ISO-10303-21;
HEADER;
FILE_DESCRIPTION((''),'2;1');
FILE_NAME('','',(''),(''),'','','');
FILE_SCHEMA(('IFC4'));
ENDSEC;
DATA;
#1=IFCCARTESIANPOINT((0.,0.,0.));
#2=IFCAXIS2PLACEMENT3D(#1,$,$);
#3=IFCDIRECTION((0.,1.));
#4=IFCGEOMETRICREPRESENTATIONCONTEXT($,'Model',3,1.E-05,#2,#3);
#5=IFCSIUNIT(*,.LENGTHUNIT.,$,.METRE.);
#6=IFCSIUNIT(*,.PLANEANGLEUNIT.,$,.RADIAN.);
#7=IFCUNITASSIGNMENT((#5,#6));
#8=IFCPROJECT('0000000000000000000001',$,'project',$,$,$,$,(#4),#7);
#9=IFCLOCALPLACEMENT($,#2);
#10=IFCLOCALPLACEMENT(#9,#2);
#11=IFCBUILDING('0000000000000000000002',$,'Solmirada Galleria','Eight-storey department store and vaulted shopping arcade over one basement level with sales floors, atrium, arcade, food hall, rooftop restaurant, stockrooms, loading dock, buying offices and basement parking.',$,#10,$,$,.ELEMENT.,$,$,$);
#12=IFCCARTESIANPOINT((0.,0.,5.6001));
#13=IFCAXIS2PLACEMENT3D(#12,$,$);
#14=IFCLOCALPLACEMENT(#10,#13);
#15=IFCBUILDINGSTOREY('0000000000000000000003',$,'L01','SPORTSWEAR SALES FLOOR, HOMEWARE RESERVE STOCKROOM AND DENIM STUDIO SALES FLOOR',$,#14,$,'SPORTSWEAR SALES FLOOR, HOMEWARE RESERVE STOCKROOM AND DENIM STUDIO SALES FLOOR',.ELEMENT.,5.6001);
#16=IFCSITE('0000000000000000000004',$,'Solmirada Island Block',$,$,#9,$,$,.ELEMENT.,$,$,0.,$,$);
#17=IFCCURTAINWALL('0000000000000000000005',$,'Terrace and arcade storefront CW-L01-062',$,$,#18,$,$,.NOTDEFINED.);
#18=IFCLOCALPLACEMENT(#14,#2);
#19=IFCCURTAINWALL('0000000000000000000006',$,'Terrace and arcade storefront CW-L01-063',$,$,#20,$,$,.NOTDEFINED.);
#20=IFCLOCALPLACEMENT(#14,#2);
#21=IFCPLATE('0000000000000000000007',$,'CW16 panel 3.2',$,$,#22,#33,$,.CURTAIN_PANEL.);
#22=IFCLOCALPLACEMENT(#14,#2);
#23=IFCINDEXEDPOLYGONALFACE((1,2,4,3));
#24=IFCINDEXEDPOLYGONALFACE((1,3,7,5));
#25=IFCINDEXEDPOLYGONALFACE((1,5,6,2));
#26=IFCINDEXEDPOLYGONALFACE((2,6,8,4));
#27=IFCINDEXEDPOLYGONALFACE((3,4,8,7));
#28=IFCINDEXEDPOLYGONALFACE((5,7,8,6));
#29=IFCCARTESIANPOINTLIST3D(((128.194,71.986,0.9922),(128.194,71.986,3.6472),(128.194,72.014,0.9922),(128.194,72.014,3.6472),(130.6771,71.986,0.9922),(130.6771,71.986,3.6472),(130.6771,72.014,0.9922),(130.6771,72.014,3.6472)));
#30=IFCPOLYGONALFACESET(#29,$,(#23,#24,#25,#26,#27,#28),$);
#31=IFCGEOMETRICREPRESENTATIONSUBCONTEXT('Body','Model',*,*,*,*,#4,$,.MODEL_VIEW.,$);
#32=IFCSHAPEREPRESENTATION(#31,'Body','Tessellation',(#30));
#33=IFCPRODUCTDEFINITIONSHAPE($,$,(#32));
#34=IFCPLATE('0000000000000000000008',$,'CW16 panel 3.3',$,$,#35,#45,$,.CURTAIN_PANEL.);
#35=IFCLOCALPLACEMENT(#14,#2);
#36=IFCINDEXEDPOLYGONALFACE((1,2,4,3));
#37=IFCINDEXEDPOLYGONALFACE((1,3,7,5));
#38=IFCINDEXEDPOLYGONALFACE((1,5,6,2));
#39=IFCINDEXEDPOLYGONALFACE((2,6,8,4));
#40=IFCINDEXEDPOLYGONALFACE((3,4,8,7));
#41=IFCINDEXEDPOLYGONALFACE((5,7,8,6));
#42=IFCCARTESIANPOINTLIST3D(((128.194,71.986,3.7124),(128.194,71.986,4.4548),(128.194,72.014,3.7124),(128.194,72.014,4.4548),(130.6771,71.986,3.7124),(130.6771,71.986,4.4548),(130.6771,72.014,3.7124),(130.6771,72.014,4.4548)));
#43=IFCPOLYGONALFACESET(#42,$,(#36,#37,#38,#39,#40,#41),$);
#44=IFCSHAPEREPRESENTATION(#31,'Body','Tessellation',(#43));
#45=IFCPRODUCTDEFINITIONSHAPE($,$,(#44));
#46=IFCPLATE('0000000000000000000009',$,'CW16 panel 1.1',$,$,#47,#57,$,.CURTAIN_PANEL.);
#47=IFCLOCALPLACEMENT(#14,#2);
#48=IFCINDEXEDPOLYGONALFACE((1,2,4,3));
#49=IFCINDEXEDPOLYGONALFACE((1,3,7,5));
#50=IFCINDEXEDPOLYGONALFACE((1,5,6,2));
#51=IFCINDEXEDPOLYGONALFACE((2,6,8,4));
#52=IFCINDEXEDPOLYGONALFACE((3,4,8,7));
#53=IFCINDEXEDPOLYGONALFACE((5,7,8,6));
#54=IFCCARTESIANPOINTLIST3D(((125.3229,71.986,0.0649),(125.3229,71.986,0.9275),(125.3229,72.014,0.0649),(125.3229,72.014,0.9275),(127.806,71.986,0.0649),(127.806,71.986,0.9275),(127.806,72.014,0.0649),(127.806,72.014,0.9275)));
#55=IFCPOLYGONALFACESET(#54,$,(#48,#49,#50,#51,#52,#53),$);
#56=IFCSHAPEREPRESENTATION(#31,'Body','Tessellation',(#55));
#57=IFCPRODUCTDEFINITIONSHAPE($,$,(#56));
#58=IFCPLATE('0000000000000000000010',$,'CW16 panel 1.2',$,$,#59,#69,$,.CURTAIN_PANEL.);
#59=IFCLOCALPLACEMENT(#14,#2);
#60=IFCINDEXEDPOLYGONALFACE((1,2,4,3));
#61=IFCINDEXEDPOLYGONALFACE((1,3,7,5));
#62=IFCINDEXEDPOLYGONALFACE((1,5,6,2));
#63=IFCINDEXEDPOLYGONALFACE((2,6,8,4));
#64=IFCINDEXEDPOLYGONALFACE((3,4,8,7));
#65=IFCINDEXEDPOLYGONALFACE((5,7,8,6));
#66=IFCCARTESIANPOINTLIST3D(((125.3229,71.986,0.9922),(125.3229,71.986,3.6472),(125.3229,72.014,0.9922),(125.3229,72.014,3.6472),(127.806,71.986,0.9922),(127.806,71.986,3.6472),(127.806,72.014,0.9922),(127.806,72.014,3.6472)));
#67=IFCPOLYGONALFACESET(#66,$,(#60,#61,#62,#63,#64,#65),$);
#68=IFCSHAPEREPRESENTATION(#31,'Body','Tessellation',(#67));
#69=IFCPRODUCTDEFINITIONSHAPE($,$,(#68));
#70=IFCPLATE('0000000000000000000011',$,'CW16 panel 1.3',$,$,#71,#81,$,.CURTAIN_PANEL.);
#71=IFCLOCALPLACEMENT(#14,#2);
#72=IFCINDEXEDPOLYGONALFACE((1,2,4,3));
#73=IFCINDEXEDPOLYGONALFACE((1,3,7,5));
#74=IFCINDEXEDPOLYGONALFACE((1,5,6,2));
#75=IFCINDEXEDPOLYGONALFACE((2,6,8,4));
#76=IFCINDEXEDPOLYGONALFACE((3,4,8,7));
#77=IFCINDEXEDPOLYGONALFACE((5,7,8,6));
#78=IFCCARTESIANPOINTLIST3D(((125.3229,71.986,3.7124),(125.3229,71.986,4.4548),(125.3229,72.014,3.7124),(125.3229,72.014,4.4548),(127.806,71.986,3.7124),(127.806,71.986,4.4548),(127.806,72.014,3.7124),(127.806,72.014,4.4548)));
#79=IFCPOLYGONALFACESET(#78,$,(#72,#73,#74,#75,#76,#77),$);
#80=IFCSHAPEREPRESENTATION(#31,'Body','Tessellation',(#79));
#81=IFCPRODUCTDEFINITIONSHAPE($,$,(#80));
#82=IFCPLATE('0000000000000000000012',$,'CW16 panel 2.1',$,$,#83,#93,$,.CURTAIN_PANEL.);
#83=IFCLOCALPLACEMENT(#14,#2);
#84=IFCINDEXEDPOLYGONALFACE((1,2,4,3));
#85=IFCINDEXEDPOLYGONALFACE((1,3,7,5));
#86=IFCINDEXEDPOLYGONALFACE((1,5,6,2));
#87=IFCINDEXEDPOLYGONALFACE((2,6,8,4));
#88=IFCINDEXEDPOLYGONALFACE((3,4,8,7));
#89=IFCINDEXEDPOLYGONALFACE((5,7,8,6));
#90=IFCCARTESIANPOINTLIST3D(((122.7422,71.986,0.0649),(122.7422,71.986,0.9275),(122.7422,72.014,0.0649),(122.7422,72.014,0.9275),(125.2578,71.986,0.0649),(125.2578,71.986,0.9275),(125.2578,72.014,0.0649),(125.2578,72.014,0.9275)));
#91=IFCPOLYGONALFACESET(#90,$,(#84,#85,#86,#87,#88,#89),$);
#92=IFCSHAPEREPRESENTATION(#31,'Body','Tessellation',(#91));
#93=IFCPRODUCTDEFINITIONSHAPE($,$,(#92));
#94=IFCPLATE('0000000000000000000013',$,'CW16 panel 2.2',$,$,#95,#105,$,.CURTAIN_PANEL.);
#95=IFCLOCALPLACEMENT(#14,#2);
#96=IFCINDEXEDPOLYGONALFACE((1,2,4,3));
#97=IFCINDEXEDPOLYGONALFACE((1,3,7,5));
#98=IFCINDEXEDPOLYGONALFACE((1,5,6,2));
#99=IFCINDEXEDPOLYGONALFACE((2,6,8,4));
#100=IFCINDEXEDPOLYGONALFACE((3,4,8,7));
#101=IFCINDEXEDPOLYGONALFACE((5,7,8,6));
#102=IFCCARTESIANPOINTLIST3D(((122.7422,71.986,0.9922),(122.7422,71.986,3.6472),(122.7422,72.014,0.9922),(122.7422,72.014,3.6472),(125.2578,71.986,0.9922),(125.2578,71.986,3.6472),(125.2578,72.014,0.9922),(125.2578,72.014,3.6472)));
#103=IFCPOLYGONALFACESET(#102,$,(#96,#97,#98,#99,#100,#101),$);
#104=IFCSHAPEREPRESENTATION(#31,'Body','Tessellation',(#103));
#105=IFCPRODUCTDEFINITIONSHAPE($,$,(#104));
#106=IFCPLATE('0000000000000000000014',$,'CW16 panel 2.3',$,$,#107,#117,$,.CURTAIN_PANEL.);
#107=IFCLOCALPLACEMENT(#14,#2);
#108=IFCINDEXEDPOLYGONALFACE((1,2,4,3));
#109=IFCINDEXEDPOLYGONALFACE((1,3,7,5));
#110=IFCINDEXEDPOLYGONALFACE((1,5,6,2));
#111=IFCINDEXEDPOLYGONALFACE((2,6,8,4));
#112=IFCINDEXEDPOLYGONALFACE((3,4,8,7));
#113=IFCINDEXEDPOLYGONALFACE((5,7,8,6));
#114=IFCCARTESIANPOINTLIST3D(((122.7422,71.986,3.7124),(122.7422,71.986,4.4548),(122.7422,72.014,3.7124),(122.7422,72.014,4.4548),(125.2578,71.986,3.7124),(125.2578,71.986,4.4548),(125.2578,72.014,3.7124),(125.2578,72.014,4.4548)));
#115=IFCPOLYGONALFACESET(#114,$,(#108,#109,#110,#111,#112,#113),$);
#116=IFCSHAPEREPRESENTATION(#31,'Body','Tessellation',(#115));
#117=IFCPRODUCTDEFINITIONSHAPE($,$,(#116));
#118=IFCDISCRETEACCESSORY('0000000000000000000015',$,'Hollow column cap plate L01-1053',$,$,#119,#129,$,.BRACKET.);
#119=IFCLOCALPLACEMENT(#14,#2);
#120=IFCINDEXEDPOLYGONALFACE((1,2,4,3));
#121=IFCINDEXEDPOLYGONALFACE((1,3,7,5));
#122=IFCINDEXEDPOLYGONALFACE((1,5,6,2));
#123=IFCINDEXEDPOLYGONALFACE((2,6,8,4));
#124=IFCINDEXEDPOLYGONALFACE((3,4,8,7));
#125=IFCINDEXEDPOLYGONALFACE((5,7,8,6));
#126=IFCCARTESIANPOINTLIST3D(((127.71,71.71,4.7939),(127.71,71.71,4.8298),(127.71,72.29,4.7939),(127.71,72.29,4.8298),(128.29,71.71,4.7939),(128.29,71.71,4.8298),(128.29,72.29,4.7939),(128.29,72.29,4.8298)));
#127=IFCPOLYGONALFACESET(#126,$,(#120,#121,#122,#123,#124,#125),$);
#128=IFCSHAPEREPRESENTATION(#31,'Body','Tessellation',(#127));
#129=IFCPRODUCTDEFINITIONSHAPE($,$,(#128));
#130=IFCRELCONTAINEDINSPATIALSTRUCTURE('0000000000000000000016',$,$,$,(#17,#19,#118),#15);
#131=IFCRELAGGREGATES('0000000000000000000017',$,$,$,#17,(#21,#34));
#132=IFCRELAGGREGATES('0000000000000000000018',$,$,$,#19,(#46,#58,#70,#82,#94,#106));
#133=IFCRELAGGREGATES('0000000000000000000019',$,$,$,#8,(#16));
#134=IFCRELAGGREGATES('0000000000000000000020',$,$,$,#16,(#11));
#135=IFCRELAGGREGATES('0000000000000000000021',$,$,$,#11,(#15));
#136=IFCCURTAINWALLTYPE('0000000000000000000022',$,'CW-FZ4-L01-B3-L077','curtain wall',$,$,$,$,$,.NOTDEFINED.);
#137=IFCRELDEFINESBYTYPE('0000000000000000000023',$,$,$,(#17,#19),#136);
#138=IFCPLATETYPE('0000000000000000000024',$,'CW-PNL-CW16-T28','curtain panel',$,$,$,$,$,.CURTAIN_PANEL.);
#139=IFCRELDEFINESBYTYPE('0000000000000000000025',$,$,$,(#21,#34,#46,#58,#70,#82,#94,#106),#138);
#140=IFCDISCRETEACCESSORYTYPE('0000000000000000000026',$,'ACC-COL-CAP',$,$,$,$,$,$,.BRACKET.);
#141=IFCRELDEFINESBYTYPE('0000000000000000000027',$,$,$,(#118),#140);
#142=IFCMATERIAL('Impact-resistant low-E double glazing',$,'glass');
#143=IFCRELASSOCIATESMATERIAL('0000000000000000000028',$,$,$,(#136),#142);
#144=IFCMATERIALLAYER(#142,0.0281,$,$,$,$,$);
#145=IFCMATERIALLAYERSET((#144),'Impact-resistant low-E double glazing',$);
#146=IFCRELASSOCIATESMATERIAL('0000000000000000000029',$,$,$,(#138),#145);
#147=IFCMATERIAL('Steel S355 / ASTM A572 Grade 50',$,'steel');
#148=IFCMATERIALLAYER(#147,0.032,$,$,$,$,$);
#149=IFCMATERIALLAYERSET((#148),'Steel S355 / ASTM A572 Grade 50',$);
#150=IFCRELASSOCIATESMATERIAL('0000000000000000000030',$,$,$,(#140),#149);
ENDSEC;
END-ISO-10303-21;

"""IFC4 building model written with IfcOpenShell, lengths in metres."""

from ifc_helpers import new_model, si_unit, direction, frame, origin, origin_2d, place, context, subcontext, project, spatial, rectangle, extrude, material, layer, layer_set, type_object, element, aggregate, save


model = new_model("IFC4")

# Units and contexts
model_context = context("Model", 3, precision=1e-05, world=origin(), true_north=direction((0.0, 1.0)))
body_context = subcontext(model_context, "Body", "Model", "MODEL_VIEW")
ifc_project = project(units=[si_unit("LENGTHUNIT", "METRE"), si_unit("PLANEANGLEUNIT", "RADIAN")], contexts=[model_context])

# Site, building, storey
site_placement = place(None, origin())
site = spatial("IfcSite", under=ifc_project, at=site_placement, Name="Solmirada Island Block", CompositionType="ELEMENT", RefElevation=0.0)
building_placement = place(site_placement, origin())
building = spatial("IfcBuilding", under=site, at=building_placement, Name="Solmirada Galleria", Description="Eight-storey department store and vaulted shopping arcade over one basement level with sales floors, atrium, arcade, food hall, rooftop restaurant, stockrooms, loading dock, buying offices and basement parking.", CompositionType="ELEMENT")
storey_placement = place(building_placement, frame((0.0, 0.0, 5.6001)))
storey = spatial("IfcBuildingStorey", under=building, at=storey_placement, Name="L01", Description="SPORTSWEAR SALES FLOOR, HOMEWARE RESERVE STOCKROOM AND DENIM STUDIO SALES FLOOR", LongName="SPORTSWEAR SALES FLOOR, HOMEWARE RESERVE STOCKROOM AND DENIM STUDIO SALES FLOOR", CompositionType="ELEMENT", Elevation=5.6001)

# Curtain walls
ifc_material_1 = material(Name="Impact-resistant low-E double glazing", Category="glass")
curtain_wall_type = type_object("IfcCurtainWallType", Name="CW-FZ4-L01-B3-L077", Description="curtain wall", PredefinedType="NOTDEFINED", material=ifc_material_1)
curtain_wall_1_placement = place(storey_placement, origin())
curtain_wall_1 = element("IfcCurtainWall", 1, at=curtain_wall_1_placement, inside=storey, type_object=curtain_wall_type, Name="Terrace and arcade storefront CW-L01-062", PredefinedType="NOTDEFINED")
curtain_wall_2_placement = place(storey_placement, origin())
curtain_wall_2 = element("IfcCurtainWall", 2, at=curtain_wall_2_placement, inside=storey, type_object=curtain_wall_type, Name="Terrace and arcade storefront CW-L01-063", PredefinedType="NOTDEFINED")

# Plates
ifc_layer_1 = layer(ifc_material_1, 0.0281)
ifc_layer_set_1 = layer_set([ifc_layer_1], Name="Impact-resistant low-E double glazing")
plate_type = type_object("IfcPlateType", Name="CW-PNL-CW16-T28", Description="curtain panel", PredefinedType="CURTAIN_PANEL", material=ifc_layer_set_1)
plate_1_placement = place(storey_placement, frame((129.4355, 72.0, 0.9922), z_axis=(0.0, 0.0, 1.0), x_axis=(-1.0, 0.0, 0.0)))
plate_1 = element("IfcPlate", 3, at=plate_1_placement, type_object=plate_type, Name="CW16 panel 3.2", PredefinedType="CURTAIN_PANEL", context=body_context, shape_type="SweptSolid", body=[
    extrude(rectangle(XDim=2.4832, YDim=0.0281, at=origin_2d()), origin(), (0.0, 0.0, 1.0), 2.655),
])
plate_2_placement = place(storey_placement, frame((129.4355, 72.0, 3.7124), z_axis=(0.0, 0.0, 1.0), x_axis=(-1.0, 0.0, 0.0)))
plate_2 = element("IfcPlate", 4, at=plate_2_placement, type_object=plate_type, Name="CW16 panel 3.3", PredefinedType="CURTAIN_PANEL", context=body_context, shape_type="SweptSolid", body=[
    extrude(rectangle(XDim=2.4832, YDim=0.0281, at=origin_2d()), origin(), (0.0, 0.0, 1.0), 0.7424),
])
aggregate(curtain_wall_1, [plate_1, plate_2])
plate_3_placement = place(storey_placement, frame((126.5645, 72.0, 0.0649), z_axis=(0.0, 0.0, 1.0), x_axis=(-1.0, 0.0, 0.0)))
plate_3 = element("IfcPlate", 5, at=plate_3_placement, type_object=plate_type, Name="CW16 panel 1.1", PredefinedType="CURTAIN_PANEL", context=body_context, shape_type="SweptSolid", body=[
    extrude(rectangle(XDim=2.4832, YDim=0.0281, at=origin_2d()), origin(), (0.0, 0.0, 1.0), 0.8625),
])
plate_4_placement = place(storey_placement, frame((126.5645, 72.0, 0.9922), z_axis=(0.0, 0.0, 1.0), x_axis=(-1.0, 0.0, 0.0)))
plate_4 = element("IfcPlate", 6, at=plate_4_placement, type_object=plate_type, Name="CW16 panel 1.2", PredefinedType="CURTAIN_PANEL", context=body_context, shape_type="SweptSolid", body=[
    extrude(rectangle(XDim=2.4832, YDim=0.0281, at=origin_2d()), origin(), (0.0, 0.0, 1.0), 2.655),
])
plate_5_placement = place(storey_placement, frame((126.5645, 72.0, 3.7124), z_axis=(0.0, 0.0, 1.0), x_axis=(-1.0, 0.0, 0.0)))
plate_5 = element("IfcPlate", 7, at=plate_5_placement, type_object=plate_type, Name="CW16 panel 1.3", PredefinedType="CURTAIN_PANEL", context=body_context, shape_type="SweptSolid", body=[
    extrude(rectangle(XDim=2.4832, YDim=0.0281, at=origin_2d()), origin(), (0.0, 0.0, 1.0), 0.7424),
])
plate_6_placement = place(storey_placement, frame((124.0, 72.0, 0.0649), z_axis=(0.0, 0.0, 1.0), x_axis=(-1.0, 0.0, 0.0)))
plate_6 = element("IfcPlate", 8, at=plate_6_placement, type_object=plate_type, Name="CW16 panel 2.1", PredefinedType="CURTAIN_PANEL", context=body_context, shape_type="SweptSolid", body=[
    extrude(rectangle(XDim=2.5156, YDim=0.0281, at=origin_2d()), origin(), (0.0, 0.0, 1.0), 0.8625),
])
plate_7_placement = place(storey_placement, frame((124.0, 72.0, 0.9922), z_axis=(0.0, 0.0, 1.0), x_axis=(-1.0, 0.0, 0.0)))
plate_7 = element("IfcPlate", 9, at=plate_7_placement, type_object=plate_type, Name="CW16 panel 2.2", PredefinedType="CURTAIN_PANEL", context=body_context, shape_type="SweptSolid", body=[
    extrude(rectangle(XDim=2.5156, YDim=0.0281, at=origin_2d()), origin(), (0.0, 0.0, 1.0), 2.655),
])
plate_8_placement = place(storey_placement, frame((124.0, 72.0, 3.7124), z_axis=(0.0, 0.0, 1.0), x_axis=(-1.0, 0.0, 0.0)))
plate_8 = element("IfcPlate", 10, at=plate_8_placement, type_object=plate_type, Name="CW16 panel 2.3", PredefinedType="CURTAIN_PANEL", context=body_context, shape_type="SweptSolid", body=[
    extrude(rectangle(XDim=2.5156, YDim=0.0281, at=origin_2d()), origin(), (0.0, 0.0, 1.0), 0.7424),
])
aggregate(curtain_wall_2, [plate_3, plate_4, plate_5, plate_6, plate_7, plate_8])

# Discrete accessory
ifc_material_2 = material(Name="Steel S355 / ASTM A572 Grade 50", Category="steel")
ifc_layer_2 = layer(ifc_material_2, 0.032)
ifc_layer_set_2 = layer_set([ifc_layer_2], Name="Steel S355 / ASTM A572 Grade 50")
discrete_accessory_type = type_object("IfcDiscreteAccessoryType", Name="ACC-COL-CAP", PredefinedType="BRACKET", material=ifc_layer_set_2)
discrete_accessory_placement = place(storey_placement, frame((128.0, 72.0, 4.7939), z_axis=(0.0, 0.0, 1.0), x_axis=(1.0, 0.0, 0.0)))
element("IfcDiscreteAccessory", 11, at=discrete_accessory_placement, inside=storey, type_object=discrete_accessory_type, Name="Hollow column cap plate L01-1053", PredefinedType="BRACKET", context=body_context, shape_type="SweptSolid", body=[
    extrude(rectangle(XDim=0.5801, YDim=0.5801, at=origin_2d()), origin(), (0.0, 0.0, 1.0), 0.0359),
])

save(model, "model.ifc")
